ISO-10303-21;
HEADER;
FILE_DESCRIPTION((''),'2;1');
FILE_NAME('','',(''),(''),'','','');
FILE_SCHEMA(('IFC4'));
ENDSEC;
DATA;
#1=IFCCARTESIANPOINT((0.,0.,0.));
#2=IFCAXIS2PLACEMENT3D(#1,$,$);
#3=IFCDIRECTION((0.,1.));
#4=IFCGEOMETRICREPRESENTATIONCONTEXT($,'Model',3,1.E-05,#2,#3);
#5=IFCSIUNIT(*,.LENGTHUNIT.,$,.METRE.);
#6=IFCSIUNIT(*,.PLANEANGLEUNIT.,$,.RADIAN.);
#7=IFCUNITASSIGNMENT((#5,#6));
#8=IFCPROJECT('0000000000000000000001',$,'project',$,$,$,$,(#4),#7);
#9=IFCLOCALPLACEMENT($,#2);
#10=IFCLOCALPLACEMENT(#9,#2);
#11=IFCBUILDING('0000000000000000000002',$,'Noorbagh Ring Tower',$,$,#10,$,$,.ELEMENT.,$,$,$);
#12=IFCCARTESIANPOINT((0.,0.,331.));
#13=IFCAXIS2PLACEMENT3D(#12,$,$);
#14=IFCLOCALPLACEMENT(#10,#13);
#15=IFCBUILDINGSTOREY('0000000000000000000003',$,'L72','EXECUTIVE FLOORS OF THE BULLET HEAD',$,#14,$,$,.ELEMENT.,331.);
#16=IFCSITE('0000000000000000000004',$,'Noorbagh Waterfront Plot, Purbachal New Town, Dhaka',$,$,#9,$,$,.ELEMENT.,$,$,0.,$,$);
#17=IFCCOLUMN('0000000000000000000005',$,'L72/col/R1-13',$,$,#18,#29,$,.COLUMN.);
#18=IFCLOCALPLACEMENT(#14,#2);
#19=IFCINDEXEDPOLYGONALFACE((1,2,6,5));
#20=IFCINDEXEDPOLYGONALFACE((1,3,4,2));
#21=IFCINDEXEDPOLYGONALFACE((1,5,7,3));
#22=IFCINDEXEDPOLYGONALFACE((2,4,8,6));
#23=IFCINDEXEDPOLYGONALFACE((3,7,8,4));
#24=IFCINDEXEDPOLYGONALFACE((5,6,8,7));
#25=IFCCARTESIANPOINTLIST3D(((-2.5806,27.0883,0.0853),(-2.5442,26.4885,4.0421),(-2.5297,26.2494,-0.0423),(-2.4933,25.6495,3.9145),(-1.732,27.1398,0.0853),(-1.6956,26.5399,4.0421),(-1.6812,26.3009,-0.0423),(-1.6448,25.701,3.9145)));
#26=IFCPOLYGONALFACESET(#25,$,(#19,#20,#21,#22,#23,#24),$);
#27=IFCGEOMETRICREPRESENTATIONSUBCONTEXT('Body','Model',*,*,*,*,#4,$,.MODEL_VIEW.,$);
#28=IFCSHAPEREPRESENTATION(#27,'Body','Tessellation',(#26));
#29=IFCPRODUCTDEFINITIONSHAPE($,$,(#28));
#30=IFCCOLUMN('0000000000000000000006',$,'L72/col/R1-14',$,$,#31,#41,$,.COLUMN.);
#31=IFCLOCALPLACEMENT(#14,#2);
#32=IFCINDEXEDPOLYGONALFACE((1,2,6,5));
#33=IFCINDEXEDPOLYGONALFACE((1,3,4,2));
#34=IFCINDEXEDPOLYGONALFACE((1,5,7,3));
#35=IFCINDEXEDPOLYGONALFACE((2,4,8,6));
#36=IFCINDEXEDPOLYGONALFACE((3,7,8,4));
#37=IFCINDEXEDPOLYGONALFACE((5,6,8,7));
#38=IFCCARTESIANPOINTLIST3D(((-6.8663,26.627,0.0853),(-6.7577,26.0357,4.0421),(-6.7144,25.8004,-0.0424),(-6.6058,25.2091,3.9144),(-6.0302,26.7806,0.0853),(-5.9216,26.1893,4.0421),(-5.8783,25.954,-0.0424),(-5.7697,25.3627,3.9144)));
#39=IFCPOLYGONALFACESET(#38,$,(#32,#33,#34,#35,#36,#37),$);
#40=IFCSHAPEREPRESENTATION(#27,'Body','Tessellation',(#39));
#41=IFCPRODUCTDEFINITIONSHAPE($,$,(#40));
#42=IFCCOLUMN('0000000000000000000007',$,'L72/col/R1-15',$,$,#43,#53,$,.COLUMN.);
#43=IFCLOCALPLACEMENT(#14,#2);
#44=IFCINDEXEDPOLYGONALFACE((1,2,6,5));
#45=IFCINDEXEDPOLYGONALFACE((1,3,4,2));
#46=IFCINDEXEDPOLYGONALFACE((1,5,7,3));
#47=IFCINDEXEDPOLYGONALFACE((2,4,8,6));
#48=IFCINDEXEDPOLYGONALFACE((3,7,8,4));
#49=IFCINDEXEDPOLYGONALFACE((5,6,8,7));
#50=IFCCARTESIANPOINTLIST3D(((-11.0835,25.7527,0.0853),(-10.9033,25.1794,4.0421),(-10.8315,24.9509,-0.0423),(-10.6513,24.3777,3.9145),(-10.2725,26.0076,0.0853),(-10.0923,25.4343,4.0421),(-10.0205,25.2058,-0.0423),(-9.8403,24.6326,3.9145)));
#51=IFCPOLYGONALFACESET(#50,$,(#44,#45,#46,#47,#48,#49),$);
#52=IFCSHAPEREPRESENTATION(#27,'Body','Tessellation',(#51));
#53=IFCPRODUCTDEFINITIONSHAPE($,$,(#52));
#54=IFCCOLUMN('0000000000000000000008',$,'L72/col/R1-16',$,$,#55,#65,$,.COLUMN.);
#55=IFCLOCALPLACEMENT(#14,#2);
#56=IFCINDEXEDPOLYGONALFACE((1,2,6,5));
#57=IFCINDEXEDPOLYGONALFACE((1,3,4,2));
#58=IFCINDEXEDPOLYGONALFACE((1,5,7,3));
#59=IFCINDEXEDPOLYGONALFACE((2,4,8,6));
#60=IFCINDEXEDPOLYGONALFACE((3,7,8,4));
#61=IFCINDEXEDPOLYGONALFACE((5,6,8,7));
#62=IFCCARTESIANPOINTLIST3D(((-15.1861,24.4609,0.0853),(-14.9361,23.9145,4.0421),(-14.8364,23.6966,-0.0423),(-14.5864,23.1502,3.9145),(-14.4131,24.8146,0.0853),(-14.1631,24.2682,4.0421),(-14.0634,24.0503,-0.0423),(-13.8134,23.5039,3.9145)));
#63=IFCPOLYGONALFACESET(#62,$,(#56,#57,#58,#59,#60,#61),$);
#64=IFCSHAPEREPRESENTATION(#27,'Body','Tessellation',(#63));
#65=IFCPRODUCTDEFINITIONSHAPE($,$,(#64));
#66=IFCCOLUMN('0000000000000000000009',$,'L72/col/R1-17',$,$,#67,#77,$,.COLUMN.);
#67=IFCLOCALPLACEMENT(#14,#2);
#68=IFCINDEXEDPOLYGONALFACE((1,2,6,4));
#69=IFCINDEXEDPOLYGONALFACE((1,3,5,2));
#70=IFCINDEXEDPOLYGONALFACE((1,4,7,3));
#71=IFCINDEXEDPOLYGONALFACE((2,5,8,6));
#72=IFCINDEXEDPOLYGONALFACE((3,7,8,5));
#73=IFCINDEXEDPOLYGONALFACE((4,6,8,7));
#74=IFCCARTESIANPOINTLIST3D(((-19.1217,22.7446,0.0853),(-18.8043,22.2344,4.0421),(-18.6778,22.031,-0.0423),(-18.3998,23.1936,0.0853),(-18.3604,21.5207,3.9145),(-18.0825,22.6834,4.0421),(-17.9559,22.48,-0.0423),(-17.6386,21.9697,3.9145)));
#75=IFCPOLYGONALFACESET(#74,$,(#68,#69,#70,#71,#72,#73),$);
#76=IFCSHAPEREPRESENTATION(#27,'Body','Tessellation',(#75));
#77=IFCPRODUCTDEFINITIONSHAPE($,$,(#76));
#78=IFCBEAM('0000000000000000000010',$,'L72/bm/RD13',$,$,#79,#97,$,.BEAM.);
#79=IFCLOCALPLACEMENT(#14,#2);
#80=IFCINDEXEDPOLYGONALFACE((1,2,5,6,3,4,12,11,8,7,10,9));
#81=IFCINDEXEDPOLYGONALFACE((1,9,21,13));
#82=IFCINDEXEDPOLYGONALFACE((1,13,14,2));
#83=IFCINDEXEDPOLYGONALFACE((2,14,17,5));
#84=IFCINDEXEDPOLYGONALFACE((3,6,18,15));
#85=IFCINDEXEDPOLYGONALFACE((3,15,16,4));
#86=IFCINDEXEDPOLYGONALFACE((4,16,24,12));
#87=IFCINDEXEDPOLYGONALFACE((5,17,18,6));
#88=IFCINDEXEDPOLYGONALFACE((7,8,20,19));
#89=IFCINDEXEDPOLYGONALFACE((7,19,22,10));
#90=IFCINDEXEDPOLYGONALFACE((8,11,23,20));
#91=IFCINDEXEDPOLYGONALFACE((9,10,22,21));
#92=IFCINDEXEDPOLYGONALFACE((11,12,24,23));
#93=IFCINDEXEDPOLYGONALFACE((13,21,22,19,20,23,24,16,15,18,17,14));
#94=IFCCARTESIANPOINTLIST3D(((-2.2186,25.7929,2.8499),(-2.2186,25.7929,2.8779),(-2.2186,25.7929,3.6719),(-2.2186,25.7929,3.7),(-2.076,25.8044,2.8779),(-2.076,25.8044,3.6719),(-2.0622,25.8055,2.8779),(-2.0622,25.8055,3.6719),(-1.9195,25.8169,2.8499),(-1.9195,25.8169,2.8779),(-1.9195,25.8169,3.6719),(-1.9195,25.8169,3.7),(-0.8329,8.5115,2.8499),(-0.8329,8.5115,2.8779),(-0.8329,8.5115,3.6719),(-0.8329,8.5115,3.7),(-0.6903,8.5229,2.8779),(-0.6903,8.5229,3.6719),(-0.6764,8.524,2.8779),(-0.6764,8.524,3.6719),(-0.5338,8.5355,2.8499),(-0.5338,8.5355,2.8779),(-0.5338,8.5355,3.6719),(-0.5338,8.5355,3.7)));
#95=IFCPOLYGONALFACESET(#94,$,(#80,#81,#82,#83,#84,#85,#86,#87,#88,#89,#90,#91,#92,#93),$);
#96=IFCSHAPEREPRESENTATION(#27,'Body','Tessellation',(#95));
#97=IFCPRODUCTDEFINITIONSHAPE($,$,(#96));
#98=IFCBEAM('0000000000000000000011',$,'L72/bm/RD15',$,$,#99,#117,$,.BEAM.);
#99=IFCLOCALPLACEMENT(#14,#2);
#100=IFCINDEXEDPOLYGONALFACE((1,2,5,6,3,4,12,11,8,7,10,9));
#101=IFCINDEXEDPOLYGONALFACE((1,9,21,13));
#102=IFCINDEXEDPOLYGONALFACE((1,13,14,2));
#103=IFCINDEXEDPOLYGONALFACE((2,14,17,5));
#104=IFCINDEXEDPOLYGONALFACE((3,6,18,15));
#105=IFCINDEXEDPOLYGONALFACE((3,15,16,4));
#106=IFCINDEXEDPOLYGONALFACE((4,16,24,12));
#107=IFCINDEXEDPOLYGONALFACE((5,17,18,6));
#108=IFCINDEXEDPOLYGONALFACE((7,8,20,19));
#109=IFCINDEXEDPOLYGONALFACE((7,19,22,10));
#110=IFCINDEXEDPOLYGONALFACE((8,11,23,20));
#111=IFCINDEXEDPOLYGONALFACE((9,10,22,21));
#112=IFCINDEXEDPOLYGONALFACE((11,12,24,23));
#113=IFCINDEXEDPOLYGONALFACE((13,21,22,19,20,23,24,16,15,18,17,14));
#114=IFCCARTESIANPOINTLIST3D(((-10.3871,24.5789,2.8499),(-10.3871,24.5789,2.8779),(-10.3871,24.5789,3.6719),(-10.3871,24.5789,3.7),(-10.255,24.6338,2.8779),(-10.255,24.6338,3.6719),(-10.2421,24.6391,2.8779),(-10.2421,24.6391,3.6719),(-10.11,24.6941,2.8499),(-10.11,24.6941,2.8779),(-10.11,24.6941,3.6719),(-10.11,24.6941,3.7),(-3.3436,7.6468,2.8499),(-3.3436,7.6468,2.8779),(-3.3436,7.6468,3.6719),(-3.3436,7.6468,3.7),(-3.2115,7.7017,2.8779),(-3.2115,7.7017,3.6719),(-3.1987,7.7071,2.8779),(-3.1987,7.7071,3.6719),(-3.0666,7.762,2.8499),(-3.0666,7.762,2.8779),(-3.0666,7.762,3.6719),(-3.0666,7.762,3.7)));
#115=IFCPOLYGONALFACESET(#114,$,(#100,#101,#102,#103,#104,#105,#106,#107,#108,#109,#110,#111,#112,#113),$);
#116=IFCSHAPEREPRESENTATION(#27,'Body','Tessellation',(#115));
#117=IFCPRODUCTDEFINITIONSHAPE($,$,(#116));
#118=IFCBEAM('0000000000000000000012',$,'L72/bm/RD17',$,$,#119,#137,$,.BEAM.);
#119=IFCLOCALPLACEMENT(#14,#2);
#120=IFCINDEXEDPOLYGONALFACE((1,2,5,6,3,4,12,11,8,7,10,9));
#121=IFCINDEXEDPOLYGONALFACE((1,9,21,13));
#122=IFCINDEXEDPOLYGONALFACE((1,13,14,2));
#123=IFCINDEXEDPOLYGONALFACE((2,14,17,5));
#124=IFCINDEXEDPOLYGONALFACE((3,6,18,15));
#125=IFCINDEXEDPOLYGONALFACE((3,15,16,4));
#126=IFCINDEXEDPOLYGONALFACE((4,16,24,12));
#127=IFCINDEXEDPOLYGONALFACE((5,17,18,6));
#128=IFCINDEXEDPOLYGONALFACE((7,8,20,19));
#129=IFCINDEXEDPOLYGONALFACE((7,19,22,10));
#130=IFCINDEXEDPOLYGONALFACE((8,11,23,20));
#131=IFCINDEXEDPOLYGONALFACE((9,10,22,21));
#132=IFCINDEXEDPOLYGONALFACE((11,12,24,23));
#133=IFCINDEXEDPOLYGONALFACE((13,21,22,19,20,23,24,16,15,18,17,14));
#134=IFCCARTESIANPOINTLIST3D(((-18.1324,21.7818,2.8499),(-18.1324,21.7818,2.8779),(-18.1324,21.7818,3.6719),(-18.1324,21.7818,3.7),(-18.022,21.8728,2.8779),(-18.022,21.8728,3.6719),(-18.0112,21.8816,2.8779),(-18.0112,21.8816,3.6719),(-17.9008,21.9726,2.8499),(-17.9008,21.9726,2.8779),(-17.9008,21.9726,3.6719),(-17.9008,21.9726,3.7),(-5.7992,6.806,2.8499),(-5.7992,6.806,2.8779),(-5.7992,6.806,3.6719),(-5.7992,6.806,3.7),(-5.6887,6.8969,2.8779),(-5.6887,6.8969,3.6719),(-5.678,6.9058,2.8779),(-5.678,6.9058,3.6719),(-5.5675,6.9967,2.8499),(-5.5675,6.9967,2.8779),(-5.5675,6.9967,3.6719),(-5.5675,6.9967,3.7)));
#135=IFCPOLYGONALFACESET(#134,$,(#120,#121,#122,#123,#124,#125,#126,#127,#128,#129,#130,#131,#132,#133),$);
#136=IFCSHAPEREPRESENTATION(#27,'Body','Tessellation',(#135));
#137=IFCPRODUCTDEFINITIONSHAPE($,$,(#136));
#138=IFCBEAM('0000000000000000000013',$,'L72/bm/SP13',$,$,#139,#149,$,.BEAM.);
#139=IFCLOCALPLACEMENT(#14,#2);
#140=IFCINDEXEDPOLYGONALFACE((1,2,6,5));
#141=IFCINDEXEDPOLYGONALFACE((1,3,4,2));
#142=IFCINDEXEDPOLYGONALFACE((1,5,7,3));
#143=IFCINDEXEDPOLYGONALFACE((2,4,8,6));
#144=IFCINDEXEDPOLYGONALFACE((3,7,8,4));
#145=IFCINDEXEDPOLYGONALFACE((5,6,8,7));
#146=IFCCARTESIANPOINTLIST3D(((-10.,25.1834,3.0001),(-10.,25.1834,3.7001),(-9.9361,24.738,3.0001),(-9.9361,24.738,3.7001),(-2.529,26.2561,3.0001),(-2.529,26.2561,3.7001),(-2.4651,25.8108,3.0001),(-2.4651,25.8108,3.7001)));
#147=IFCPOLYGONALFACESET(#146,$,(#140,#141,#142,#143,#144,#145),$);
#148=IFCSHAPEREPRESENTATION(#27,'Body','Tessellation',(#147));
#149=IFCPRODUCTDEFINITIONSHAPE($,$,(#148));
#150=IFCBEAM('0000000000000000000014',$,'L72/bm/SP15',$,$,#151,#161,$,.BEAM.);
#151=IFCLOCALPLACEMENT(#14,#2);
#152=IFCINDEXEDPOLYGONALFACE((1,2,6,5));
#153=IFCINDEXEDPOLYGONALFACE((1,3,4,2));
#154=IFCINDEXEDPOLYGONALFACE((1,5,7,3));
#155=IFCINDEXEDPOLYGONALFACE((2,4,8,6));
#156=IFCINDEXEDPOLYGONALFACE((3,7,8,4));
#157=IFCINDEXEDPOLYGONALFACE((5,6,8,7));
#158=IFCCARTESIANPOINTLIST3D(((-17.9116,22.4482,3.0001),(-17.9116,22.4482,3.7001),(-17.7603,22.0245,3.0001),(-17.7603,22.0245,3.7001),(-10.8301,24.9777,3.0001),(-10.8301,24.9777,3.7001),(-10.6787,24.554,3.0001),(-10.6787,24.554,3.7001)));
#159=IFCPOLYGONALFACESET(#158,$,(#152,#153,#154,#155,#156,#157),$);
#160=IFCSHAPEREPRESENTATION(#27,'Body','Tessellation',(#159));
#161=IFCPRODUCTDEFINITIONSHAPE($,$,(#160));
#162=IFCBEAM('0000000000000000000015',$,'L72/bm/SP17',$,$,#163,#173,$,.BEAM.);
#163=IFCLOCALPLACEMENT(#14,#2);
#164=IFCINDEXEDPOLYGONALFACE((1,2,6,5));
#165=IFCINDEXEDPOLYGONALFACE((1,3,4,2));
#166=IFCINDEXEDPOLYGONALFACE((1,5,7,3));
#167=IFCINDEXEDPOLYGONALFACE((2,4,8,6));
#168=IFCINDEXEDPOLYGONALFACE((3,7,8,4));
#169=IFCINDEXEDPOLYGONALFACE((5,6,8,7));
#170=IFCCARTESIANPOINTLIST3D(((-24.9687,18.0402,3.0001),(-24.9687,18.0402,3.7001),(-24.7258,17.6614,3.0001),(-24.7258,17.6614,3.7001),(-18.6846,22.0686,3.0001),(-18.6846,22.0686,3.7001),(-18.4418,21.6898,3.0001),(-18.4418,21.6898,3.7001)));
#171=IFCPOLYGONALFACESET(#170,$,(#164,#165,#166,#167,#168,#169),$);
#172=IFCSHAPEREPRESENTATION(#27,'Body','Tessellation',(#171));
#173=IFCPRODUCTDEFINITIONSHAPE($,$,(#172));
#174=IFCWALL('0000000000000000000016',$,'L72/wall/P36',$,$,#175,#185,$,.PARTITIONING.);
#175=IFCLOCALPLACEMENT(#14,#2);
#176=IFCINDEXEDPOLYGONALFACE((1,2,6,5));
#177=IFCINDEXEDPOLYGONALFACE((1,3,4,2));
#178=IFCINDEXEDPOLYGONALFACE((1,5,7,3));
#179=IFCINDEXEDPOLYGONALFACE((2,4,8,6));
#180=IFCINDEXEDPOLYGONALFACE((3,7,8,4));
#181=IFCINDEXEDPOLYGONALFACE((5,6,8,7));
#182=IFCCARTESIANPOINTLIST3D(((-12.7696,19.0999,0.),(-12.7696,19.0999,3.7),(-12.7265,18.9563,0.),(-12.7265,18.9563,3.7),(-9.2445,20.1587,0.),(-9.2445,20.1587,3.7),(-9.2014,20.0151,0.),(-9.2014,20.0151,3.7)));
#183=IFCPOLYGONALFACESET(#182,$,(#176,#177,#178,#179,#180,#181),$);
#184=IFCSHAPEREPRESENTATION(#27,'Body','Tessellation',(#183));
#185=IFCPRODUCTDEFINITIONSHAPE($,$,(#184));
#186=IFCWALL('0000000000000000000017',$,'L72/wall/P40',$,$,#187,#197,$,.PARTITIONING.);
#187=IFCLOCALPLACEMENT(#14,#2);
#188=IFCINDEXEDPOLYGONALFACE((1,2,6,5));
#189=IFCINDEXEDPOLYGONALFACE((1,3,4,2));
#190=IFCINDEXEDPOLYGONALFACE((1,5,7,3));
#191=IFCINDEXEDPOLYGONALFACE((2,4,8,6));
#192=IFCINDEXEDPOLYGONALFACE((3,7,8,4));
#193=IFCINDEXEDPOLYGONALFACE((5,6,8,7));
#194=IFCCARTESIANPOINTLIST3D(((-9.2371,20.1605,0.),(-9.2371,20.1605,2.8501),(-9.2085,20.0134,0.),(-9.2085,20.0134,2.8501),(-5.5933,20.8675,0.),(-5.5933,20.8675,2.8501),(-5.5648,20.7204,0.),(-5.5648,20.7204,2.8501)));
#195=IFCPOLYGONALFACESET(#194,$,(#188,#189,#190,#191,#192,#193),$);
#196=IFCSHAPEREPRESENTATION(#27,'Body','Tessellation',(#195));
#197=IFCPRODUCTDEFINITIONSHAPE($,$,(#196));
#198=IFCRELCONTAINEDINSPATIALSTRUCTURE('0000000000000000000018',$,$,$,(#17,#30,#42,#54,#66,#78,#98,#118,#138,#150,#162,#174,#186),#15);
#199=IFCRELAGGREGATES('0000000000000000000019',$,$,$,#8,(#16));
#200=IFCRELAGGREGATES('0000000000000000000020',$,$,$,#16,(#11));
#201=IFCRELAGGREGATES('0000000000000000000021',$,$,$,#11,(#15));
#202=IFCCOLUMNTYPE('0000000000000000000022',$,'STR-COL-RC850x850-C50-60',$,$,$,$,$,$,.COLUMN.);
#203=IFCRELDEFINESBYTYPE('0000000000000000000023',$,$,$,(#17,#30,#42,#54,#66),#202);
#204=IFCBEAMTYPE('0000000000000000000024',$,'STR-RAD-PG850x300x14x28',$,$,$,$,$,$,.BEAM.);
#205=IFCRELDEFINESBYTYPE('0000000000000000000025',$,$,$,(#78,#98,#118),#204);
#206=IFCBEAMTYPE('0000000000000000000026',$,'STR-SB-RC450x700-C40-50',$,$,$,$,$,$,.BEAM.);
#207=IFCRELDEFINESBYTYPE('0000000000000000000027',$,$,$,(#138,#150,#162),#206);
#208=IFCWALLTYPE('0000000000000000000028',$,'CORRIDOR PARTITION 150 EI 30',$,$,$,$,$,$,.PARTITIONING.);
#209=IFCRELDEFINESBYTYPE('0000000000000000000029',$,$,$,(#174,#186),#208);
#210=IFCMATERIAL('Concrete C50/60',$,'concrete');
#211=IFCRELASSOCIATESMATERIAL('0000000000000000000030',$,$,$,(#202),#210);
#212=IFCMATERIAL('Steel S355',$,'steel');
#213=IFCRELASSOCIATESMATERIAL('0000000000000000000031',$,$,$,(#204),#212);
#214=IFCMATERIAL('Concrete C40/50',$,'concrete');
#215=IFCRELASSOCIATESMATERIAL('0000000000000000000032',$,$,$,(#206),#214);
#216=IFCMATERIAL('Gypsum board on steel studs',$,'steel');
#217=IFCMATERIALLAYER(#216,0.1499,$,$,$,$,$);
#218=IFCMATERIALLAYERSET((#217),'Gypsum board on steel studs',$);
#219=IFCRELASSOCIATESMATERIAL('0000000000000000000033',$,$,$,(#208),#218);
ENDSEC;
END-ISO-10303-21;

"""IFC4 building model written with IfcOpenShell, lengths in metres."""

from ifc_helpers import new_model, si_unit, direction, frame, frame_2d, origin, origin_2d, place, context, subcontext, project, spatial, rectangle, i_section, extrude, material, layer, layer_set, material_profile, profile_set, type_object, element, save


model = new_model("IFC4")

# Units and contexts
model_context = context("Model", 3, precision=1e-05, world=origin(), true_north=direction((0.0, 1.0)))
body_context = subcontext(model_context, "Body", "Model", "MODEL_VIEW")
ifc_project = project(units=[si_unit("LENGTHUNIT", "METRE"), si_unit("PLANEANGLEUNIT", "RADIAN")], contexts=[model_context])

# Site, building, storey
site_placement = place(None, origin())
site = spatial("IfcSite", under=ifc_project, at=site_placement, Name="Noorbagh Waterfront Plot, Purbachal New Town, Dhaka", CompositionType="ELEMENT", RefElevation=0.0)
building_placement = place(site_placement, origin())
building = spatial("IfcBuilding", under=site, at=building_placement, Name="Noorbagh Ring Tower", CompositionType="ELEMENT")
storey_placement = place(building_placement, frame((0.0, 0.0, 331.0)))
storey = spatial("IfcBuildingStorey", under=building, at=storey_placement, Name="L72", Description="EXECUTIVE FLOORS OF THE BULLET HEAD", CompositionType="ELEMENT", Elevation=331.0)

# Columns
ifc_material_1 = material(Name="Concrete C50/60", Category="concrete")
ifc_material_profile_1 = material_profile(ifc_material_1, rectangle(XDim=0.8501, YDim=0.8501, at=origin_2d()), Name="RC850x850")
ifc_profile_set_1 = profile_set([ifc_material_profile_1], Name="Concrete C50/60")
column_type = type_object("IfcColumnType", Name="STR-COL-RC850x850-C50-60", PredefinedType="COLUMN", material=ifc_profile_set_1)
for number, where, z_axis, x_axis, name in (
    (1, (-2.1309, 26.6946, 0.0215), (0.009089, -0.149882, 0.988662), (0.998166, 0.060532, 0.0), "L72/col/R1-13"),
    (2, (-6.3723, 26.2905, 0.0215), (0.027146, -0.147746, 0.988653), (0.983537, 0.180708, 0.0), "L72/col/R1-14"),
    (3, (-10.552, 25.4792, 0.0215), (0.04502, -0.143233, 0.988664), (0.953987, 0.299848, 0.0), "L72/col/R1-15"),
    (4, (-14.6248, 24.2556, 0.0215), (0.062466, -0.136523, 0.988665), (0.909334, 0.416067, 0.0), "L72/col/R1-16"),
    (5, (-18.5388, 22.6123, 0.0215), (0.079303, -0.127495, 0.988664), (0.849138, 0.528172, 0.0), "L72/col/R1-17"),
):
    element("IfcColumn", number, at=place(storey_placement, frame(where, z_axis=z_axis, x_axis=x_axis)), inside=storey, type_object=column_type, Name=name, PredefinedType="COLUMN", context=body_context, shape_type="SweptSolid", body=[
        extrude(rectangle(XDim=0.8501, YDim=0.8501, at=origin_2d()), origin(), (0.0, 0.0, 1.0), 4.0022),
    ])

# Beams
ifc_material_2 = material(Name="Steel S355", Category="steel")
ifc_material_profile_2 = material_profile(ifc_material_2, i_section(OverallWidth=0.3, OverallDepth=0.8501, WebThickness=0.0139, FlangeThickness=0.0281, at=origin_2d()), Name="PG850x300x14x28")
ifc_profile_set_2 = profile_set([ifc_material_profile_2], Name="Steel S355")
beam_type_1 = type_object("IfcBeamType", Name="STR-RAD-PG850x300x14x28", PredefinedType="BEAM", material=ifc_profile_set_2)
beam_1_placement = place(storey_placement, frame((-2.0691, 25.8049, 3.2749), z_axis=(0.07993, -0.9968, 0.0), x_axis=(0.9968, 0.07993, 0.0)))
element("IfcBeam", 6, at=beam_1_placement, inside=storey, type_object=beam_type_1, Name="L72/bm/RD13", PredefinedType="BEAM", context=body_context, shape_type="SweptSolid", body=[
    extrude(i_section(OverallWidth=0.3, OverallDepth=0.8501, WebThickness=0.0139, FlangeThickness=0.0281, at=origin_2d()), origin(), (0.0, 0.0, 1.0), 17.3369),
])
beam_2_placement = place(storey_placement, frame((-10.2485, 24.6365, 3.2749), z_axis=(0.384077, -0.923301, 0.0), x_axis=(0.923301, 0.384077, 0.0)))
element("IfcBeam", 7, at=beam_2_placement, inside=storey, type_object=beam_type_1, Name="L72/bm/RD15", PredefinedType="BEAM", context=body_context, shape_type="SweptSolid", body=[
    extrude(i_section(OverallWidth=0.3, OverallDepth=0.8501, WebThickness=0.0139, FlangeThickness=0.0281, at=origin_2d()), origin(), (0.0, 0.0, 1.0), 18.3386),
])
beam_3_placement = place(storey_placement, frame((-18.0166, 21.8772, 3.2749), z_axis=(0.635714, -0.771925, 0.0), x_axis=(0.771925, 0.635714, 0.0)))
element("IfcBeam", 8, at=beam_3_placement, inside=storey, type_object=beam_type_1, Name="L72/bm/RD17", PredefinedType="BEAM", context=body_context, shape_type="SweptSolid", body=[
    extrude(i_section(OverallWidth=0.3, OverallDepth=0.8501, WebThickness=0.0139, FlangeThickness=0.0281, at=origin_2d()), origin(), (0.0, 0.0, 1.0), 19.4006),
])
ifc_material_3 = material(Name="Concrete C40/50", Category="concrete")
ifc_material_profile_3 = material_profile(ifc_material_3, rectangle(XDim=0.45, YDim=0.7, at=origin_2d()), Name="RC450x700")
ifc_profile_set_3 = profile_set([ifc_material_profile_3], Name="Concrete C40/50")
beam_type_2 = type_object("IfcBeamType", Name="STR-SB-RC450x700-C40-50", PredefinedType="BEAM", material=ifc_profile_set_3)
beam_4_placement = place(storey_placement, frame((-2.4971, 26.0334, 3.3501), z_axis=(-0.989848, -0.142132, 0.0), x_axis=(0.142132, -0.989848, 0.0)))
element("IfcBeam", 9, at=beam_4_placement, inside=storey, type_object=beam_type_2, Name="L72/bm/SP13", PredefinedType="BEAM", context=body_context, shape_type="SweptSolid", body=[
    extrude(rectangle(XDim=0.45, YDim=0.7, at=origin_2d()), origin(), (0.0, 0.0, 1.0), 7.5476),
])
beam_5_placement = place(storey_placement, frame((-10.7544, 24.7659, 3.3501), z_axis=(-0.941724, -0.336386, 0.0), x_axis=(0.336386, -0.941724, 0.0)))
element("IfcBeam", 10, at=beam_5_placement, inside=storey, type_object=beam_type_2, Name="L72/bm/SP15", PredefinedType="BEAM", context=body_context, shape_type="SweptSolid", body=[
    extrude(rectangle(XDim=0.45, YDim=0.7, at=origin_2d()), origin(), (0.0, 0.0, 1.0), 7.5198),
])
beam_6_placement = place(storey_placement, frame((-18.5632, 21.8792, 3.3501), z_axis=(-0.84187, -0.539681, 0.0), x_axis=(0.539681, -0.84187, 0.0)))
element("IfcBeam", 11, at=beam_6_placement, inside=storey, type_object=beam_type_2, Name="L72/bm/SP17", PredefinedType="BEAM", context=body_context, shape_type="SweptSolid", body=[
    extrude(rectangle(XDim=0.45, YDim=0.7, at=origin_2d()), origin(), (0.0, 0.0, 1.0), 7.4644),
])

# Walls
ifc_material_4 = material(Name="Gypsum board on steel studs", Category="steel")
ifc_layer_1 = layer(ifc_material_4, 0.1499)
ifc_layer_set_1 = layer_set([ifc_layer_1], Name="Gypsum board on steel studs")
wall_type_1 = type_object("IfcWallType", Name="CORRIDOR PARTITION 150 EI 30", PredefinedType="PARTITIONING", material=ifc_layer_set_1)
wall_1_placement = place(storey_placement, frame((-12.748, 19.0281, 0.0), z_axis=(0.0, 0.0, 1.0), x_axis=(0.957729, 0.28767, 0.0)))
element("IfcWall", 12, at=wall_1_placement, inside=storey, type_object=wall_type_1, Name="L72/wall/P36", PredefinedType="PARTITIONING", context=body_context, shape_type="SweptSolid", body=[
    extrude(rectangle(XDim=3.6807, YDim=0.1499, at=frame_2d((1.8403, 0.0))), origin(), (0.0, 0.0, 1.0), 3.7),
])
wall_2_placement = place(storey_placement, frame((-9.2229, 20.0869, 0.0), z_axis=(0.0, 0.0, 1.0), x_axis=(0.98169, 0.190484, 0.0)))
element("IfcWall", 13, at=wall_2_placement, inside=storey, type_object=wall_type_1, Name="L72/wall/P40", PredefinedType="PARTITIONING", context=body_context, shape_type="SweptSolid", body=[
    extrude(rectangle(XDim=3.7117, YDim=0.1499, at=frame_2d((1.856, 0.0))), origin(), (0.0, 0.0, 1.0), 2.8501),
])

save(model, "model.ifc")
